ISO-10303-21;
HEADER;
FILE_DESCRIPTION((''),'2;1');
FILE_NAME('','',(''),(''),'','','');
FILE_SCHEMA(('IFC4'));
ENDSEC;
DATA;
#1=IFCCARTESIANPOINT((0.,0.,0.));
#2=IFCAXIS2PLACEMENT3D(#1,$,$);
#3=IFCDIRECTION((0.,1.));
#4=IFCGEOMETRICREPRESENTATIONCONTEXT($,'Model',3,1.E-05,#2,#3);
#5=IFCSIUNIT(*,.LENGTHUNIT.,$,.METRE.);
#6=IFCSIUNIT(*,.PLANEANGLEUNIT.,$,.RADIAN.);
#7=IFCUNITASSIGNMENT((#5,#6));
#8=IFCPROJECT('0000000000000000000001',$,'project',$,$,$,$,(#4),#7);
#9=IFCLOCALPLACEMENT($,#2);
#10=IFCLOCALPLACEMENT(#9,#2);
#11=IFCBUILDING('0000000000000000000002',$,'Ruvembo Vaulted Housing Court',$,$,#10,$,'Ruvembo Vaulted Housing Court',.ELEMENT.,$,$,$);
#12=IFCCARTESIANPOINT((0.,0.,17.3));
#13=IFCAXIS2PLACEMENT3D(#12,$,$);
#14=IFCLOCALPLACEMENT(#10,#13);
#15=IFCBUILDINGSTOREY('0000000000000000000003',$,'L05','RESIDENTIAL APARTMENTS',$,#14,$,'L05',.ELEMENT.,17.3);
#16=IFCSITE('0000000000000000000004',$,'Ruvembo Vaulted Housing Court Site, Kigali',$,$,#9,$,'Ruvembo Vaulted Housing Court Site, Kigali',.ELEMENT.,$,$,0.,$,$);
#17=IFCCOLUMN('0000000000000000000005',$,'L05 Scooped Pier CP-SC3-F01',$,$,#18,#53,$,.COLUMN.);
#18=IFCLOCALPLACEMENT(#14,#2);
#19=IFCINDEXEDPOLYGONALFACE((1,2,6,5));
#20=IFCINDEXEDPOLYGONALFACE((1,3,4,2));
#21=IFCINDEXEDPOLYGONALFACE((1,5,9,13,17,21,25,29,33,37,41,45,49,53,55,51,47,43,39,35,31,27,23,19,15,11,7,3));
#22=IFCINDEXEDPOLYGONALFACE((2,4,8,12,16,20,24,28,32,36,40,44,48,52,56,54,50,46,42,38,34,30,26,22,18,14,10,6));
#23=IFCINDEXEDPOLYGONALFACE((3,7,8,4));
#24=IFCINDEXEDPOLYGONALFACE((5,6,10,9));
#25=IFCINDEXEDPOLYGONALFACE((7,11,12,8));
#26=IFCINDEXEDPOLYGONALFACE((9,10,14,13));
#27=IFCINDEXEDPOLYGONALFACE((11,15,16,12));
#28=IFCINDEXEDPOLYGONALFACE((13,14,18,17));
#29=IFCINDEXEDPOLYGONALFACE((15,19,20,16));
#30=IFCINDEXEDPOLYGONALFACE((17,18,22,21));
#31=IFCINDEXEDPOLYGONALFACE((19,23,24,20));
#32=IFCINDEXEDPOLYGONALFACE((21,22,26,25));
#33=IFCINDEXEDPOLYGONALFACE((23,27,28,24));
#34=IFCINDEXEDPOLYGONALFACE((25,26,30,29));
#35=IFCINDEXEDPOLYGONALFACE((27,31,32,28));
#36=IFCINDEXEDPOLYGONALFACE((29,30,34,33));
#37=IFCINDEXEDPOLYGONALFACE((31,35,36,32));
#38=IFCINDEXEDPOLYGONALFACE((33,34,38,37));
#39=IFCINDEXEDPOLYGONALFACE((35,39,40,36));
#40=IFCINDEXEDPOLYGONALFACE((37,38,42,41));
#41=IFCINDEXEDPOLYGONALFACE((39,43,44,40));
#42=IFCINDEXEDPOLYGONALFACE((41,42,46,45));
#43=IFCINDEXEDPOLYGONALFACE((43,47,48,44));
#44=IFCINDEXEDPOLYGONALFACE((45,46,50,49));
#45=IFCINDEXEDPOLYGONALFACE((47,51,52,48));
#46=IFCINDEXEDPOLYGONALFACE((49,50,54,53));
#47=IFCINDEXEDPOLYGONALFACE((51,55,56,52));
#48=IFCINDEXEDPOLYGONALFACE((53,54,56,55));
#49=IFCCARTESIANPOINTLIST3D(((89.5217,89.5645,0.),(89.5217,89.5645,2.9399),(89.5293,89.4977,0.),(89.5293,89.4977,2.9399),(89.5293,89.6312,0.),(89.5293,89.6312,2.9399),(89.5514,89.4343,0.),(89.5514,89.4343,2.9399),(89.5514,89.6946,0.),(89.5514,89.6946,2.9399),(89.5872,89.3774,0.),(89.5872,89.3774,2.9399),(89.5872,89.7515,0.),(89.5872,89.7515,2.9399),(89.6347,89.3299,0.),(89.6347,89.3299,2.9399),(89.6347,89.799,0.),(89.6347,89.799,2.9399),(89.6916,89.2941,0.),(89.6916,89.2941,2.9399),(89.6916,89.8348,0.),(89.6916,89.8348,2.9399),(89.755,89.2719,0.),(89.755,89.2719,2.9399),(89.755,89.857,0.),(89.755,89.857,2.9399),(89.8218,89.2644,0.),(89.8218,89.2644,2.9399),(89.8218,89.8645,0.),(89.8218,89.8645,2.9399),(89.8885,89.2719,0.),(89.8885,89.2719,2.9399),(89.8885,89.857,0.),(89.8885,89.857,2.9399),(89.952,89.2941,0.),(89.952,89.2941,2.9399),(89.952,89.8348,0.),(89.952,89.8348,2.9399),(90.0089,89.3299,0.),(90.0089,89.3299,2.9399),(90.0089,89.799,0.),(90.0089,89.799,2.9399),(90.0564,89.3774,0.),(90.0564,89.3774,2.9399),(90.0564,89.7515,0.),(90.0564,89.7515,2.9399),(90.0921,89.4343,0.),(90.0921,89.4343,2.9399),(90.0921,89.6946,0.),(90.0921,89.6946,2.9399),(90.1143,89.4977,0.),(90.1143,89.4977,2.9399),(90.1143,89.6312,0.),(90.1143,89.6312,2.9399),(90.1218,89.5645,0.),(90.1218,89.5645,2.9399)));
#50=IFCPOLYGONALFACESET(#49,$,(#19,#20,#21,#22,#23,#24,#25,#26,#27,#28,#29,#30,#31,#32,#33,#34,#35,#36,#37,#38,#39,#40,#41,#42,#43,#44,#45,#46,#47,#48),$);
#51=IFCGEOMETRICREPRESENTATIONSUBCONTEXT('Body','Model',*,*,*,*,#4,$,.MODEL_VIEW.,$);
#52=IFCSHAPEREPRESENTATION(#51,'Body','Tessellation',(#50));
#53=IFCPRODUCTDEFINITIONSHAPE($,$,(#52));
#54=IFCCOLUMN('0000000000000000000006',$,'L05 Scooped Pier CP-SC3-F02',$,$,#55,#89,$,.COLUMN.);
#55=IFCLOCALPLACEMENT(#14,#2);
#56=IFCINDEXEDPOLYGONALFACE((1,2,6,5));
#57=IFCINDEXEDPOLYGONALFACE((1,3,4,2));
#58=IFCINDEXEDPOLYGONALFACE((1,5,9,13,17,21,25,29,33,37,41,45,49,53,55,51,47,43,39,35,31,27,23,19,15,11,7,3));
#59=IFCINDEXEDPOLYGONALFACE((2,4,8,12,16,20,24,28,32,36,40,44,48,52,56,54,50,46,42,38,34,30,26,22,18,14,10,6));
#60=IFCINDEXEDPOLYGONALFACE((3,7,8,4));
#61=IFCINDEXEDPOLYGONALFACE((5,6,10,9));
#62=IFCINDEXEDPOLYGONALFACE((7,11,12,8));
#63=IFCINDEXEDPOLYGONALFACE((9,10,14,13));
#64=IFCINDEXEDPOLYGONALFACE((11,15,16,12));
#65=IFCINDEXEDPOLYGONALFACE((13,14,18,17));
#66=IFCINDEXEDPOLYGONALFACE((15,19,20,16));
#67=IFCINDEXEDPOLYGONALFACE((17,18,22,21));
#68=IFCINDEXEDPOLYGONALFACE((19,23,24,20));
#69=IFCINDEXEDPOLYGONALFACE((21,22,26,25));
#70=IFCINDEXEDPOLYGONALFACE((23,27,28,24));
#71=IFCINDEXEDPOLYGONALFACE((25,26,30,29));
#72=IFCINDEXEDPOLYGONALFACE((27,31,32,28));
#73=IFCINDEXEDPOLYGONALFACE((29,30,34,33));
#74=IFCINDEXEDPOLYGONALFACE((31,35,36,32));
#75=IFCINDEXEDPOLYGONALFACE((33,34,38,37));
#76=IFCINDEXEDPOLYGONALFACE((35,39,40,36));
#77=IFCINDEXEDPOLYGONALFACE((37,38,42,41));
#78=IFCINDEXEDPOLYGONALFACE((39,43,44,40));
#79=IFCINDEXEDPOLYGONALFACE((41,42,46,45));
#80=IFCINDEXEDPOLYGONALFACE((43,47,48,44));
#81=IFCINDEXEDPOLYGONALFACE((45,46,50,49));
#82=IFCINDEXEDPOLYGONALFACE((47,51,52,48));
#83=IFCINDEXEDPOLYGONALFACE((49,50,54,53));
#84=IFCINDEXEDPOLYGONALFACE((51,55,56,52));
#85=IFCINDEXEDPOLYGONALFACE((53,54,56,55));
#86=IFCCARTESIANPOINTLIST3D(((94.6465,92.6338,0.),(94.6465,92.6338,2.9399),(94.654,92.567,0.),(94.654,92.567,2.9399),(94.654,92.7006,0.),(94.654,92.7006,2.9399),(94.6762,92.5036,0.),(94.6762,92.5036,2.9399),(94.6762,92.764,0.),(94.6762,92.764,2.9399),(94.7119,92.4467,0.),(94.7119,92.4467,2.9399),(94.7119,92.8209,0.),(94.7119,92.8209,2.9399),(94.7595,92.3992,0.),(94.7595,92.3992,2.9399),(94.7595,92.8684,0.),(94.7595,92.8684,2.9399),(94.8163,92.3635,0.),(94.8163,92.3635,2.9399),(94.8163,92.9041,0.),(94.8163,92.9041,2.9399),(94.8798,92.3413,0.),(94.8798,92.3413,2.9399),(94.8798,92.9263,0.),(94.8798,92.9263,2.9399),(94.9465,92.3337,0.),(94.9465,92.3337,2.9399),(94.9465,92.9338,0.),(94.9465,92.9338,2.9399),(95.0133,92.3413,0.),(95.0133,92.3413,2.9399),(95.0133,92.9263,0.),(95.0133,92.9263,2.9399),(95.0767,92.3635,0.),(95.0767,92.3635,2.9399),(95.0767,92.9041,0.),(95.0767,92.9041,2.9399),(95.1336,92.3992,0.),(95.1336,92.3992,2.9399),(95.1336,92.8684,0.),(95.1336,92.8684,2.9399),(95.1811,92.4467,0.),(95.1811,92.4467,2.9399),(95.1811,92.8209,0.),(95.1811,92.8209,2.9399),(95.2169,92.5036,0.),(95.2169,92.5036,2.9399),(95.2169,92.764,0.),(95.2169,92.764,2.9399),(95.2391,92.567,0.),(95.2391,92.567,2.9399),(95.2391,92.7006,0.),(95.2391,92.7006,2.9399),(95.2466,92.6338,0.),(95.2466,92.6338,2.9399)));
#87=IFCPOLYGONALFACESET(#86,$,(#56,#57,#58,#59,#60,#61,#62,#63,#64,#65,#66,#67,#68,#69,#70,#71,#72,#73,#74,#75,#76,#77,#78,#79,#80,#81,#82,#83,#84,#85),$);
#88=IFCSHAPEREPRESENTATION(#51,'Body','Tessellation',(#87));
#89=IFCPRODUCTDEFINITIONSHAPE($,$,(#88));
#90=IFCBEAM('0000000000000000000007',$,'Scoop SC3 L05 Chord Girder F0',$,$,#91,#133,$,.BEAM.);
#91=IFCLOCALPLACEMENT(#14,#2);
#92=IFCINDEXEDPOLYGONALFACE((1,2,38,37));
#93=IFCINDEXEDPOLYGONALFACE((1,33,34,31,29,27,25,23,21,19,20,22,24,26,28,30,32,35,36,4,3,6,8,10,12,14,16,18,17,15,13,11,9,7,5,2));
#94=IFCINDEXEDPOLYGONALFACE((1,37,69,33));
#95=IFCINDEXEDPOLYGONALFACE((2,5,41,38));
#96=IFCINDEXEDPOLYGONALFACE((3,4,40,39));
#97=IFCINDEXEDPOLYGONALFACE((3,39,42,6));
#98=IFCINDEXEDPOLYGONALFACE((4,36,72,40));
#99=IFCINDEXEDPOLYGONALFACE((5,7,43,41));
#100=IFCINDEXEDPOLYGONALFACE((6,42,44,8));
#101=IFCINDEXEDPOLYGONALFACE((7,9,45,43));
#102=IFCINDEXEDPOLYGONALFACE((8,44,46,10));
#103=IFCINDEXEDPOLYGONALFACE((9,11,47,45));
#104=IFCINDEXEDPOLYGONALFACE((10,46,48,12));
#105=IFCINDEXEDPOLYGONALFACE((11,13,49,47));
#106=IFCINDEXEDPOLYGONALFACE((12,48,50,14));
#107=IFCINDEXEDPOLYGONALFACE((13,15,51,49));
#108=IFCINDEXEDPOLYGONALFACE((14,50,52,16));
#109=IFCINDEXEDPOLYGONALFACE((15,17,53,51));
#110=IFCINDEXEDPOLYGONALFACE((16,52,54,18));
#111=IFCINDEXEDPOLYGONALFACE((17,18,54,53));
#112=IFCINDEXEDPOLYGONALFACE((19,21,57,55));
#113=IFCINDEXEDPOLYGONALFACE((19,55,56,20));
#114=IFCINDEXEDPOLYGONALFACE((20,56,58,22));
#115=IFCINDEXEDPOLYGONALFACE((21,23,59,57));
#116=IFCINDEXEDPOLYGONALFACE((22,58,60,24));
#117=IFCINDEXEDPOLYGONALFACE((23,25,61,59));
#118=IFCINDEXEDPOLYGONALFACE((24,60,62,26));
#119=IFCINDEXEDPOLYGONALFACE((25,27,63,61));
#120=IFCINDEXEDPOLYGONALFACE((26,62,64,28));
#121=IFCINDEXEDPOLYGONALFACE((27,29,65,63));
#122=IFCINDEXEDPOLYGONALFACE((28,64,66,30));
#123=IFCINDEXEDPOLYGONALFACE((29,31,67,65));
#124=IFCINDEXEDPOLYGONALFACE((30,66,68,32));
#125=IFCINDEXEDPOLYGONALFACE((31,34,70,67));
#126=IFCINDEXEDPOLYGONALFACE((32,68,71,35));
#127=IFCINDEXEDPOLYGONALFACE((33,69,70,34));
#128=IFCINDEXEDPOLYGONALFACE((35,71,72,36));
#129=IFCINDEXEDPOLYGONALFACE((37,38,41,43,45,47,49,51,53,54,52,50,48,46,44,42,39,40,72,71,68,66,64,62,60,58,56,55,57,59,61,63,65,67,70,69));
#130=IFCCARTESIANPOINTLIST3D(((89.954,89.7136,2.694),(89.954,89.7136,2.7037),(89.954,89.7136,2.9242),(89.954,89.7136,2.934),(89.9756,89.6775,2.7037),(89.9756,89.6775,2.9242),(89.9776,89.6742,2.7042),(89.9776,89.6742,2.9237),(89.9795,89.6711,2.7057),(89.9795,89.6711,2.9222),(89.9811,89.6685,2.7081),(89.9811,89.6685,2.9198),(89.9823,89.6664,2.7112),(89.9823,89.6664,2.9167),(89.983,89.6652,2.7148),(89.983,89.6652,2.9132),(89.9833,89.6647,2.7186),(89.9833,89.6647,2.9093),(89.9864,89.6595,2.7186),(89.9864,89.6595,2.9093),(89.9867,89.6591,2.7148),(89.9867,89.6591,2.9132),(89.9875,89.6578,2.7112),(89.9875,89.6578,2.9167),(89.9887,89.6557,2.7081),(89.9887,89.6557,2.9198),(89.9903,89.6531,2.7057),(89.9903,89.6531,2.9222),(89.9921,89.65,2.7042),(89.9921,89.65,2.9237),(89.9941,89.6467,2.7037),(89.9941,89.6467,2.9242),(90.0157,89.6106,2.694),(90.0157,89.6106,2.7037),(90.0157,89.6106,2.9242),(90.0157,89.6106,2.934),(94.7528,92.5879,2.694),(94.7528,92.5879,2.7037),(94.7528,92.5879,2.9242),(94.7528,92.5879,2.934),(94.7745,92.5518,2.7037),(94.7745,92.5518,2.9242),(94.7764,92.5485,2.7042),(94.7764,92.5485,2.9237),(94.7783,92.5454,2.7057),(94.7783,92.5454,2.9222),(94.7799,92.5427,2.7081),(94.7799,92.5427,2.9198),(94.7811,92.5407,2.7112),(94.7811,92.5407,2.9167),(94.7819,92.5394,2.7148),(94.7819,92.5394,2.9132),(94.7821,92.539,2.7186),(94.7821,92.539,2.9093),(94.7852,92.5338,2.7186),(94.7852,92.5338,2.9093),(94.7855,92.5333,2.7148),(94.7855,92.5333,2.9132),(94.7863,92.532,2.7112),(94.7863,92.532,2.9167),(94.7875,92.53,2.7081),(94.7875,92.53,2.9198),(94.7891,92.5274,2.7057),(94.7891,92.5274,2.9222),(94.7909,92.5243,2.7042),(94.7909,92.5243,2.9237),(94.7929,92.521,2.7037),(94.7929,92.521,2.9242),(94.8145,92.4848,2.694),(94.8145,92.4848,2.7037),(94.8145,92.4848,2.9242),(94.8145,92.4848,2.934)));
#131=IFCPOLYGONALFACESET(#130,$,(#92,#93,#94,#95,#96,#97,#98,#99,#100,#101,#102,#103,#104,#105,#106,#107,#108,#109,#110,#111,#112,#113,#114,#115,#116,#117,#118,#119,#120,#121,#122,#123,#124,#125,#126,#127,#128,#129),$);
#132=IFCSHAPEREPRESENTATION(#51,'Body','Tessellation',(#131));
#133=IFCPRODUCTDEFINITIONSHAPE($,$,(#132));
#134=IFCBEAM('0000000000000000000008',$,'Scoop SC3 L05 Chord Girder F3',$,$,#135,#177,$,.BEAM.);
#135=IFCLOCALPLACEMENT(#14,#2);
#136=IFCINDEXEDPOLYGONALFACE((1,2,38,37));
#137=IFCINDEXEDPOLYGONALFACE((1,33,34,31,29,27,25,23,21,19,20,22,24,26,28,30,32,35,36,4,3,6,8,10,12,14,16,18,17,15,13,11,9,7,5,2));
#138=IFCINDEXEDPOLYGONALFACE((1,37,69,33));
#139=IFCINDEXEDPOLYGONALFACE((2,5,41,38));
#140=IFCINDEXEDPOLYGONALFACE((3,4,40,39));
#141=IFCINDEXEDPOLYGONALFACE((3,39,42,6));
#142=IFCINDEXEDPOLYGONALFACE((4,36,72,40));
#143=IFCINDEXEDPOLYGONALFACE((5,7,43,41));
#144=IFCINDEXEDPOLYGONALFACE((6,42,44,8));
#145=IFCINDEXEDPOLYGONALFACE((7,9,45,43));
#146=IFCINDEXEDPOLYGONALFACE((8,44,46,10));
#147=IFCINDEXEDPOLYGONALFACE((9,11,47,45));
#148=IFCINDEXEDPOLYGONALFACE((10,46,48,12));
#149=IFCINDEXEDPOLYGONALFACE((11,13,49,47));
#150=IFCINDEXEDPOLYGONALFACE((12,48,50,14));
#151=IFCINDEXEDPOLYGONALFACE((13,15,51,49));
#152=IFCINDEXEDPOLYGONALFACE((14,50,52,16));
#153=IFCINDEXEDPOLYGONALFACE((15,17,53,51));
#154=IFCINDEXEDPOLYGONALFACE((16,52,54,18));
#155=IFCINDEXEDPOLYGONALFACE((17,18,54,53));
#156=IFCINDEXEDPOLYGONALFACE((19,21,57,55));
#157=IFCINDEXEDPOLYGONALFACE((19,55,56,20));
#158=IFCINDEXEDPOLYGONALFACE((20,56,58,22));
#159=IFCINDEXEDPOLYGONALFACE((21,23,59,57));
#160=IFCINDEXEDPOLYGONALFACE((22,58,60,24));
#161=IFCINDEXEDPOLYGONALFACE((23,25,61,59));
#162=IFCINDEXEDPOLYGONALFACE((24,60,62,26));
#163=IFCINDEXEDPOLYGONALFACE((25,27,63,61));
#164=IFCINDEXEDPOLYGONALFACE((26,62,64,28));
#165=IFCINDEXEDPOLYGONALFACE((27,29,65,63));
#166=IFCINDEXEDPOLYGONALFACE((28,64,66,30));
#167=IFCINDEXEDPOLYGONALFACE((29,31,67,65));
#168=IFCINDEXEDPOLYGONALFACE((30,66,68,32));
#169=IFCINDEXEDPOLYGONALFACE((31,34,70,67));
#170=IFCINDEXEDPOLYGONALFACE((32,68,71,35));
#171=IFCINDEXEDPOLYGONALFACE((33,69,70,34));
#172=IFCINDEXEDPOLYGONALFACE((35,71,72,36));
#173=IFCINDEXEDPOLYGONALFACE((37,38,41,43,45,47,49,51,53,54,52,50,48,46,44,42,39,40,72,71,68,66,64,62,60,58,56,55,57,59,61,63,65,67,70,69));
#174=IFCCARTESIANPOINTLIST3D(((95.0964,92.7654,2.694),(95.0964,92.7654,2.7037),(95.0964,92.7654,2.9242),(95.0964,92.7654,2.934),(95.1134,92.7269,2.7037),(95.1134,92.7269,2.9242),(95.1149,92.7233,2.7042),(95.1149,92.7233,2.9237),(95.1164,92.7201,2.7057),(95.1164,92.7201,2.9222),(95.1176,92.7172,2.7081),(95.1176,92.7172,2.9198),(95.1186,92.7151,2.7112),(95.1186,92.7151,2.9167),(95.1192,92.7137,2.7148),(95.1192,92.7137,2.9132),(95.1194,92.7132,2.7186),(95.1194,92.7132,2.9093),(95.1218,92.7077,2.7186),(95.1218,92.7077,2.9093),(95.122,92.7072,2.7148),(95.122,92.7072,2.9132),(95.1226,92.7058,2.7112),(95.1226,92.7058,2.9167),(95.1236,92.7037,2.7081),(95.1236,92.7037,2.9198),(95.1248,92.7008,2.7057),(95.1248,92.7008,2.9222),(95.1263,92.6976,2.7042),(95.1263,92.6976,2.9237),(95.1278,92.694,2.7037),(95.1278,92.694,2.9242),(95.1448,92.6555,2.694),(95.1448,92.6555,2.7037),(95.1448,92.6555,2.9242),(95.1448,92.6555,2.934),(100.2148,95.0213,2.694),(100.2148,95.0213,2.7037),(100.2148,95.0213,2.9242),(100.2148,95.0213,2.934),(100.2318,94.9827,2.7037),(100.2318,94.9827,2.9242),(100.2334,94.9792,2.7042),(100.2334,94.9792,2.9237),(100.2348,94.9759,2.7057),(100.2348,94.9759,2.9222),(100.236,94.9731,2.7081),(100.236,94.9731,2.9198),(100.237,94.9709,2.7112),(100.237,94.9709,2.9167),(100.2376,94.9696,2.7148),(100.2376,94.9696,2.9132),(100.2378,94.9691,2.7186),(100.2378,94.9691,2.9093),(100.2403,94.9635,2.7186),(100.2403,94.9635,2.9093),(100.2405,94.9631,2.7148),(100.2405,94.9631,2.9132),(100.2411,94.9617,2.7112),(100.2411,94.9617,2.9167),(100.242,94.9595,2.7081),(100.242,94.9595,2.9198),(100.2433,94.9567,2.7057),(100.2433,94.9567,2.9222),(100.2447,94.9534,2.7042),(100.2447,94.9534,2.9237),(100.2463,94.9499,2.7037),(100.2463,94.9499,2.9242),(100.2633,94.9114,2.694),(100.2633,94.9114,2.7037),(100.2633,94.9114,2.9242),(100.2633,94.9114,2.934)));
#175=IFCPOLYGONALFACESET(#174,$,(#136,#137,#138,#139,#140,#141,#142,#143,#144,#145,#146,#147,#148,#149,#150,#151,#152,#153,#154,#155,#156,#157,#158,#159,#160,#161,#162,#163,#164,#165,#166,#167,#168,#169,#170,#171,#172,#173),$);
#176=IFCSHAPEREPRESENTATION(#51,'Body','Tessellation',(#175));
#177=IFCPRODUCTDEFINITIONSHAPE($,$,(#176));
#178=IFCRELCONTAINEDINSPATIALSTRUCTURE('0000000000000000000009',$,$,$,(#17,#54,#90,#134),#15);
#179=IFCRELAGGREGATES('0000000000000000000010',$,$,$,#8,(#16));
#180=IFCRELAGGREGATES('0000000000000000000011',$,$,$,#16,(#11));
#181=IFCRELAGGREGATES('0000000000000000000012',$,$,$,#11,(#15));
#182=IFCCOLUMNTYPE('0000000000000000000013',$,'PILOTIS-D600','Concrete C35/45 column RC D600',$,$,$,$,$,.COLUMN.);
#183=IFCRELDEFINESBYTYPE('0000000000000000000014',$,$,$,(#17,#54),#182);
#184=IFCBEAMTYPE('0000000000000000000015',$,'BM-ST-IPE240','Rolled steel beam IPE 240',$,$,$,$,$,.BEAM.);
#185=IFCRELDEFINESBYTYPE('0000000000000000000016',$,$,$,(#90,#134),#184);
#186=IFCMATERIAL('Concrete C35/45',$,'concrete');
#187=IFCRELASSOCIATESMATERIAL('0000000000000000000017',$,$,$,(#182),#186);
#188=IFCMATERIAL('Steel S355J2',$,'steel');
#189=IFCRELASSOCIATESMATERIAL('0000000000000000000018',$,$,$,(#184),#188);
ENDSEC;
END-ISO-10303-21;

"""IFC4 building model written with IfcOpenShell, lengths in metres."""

from ifc_helpers import new_model, si_unit, direction, frame, origin, origin_2d, place, context, subcontext, project, spatial, circle, i_section, extrude, material, material_profile, profile_set, type_object, element, save


model = new_model("IFC4")

# Units and contexts
model_context = context("Model", 3, precision=1e-05, world=origin(), true_north=direction((0.0, 1.0)))
body_context = subcontext(model_context, "Body", "Model", "MODEL_VIEW")
ifc_project = project(units=[si_unit("LENGTHUNIT", "METRE"), si_unit("PLANEANGLEUNIT", "RADIAN")], contexts=[model_context])

# Site, building, storey
site_placement = place(None, origin())
site = spatial("IfcSite", under=ifc_project, at=site_placement, Name="Ruvembo Vaulted Housing Court Site, Kigali", LongName="Ruvembo Vaulted Housing Court Site, Kigali", CompositionType="ELEMENT", RefElevation=0.0)
building_placement = place(site_placement, origin())
building = spatial("IfcBuilding", under=site, at=building_placement, Name="Ruvembo Vaulted Housing Court", LongName="Ruvembo Vaulted Housing Court", CompositionType="ELEMENT")
storey_placement = place(building_placement, frame((0.0, 0.0, 17.3)))
storey = spatial("IfcBuildingStorey", under=building, at=storey_placement, Name="L05", Description="RESIDENTIAL APARTMENTS", LongName="L05", CompositionType="ELEMENT", Elevation=17.3)

# Columns
ifc_material_1 = material(Name="Concrete C35/45", Category="concrete")
ifc_material_profile_1 = material_profile(ifc_material_1, circle(Radius=0.3, at=origin_2d()), Name="RC D600")
ifc_profile_set_1 = profile_set([ifc_material_profile_1], Name="Concrete C35/45")
column_type = type_object("IfcColumnType", Name="PILOTIS-D600", Description="Concrete C35/45 column RC D600", PredefinedType="COLUMN", material=ifc_profile_set_1)
for number, where, z_axis, x_axis, name in (
    (1, (89.8218, 89.5645, 0.0), (0.0, 0.0, 1.0), (1.0, 0.0, 0.0), "L05 Scooped Pier CP-SC3-F01"),
    (2, (94.9465, 92.6338, 0.0), (0.0, 0.0, 1.0), (1.0, 0.0, 0.0), "L05 Scooped Pier CP-SC3-F02"),
):
    element("IfcColumn", number, at=place(storey_placement, frame(where, z_axis=z_axis, x_axis=x_axis)), inside=storey, type_object=column_type, Name=name, PredefinedType="COLUMN", context=body_context, shape_type="SweptSolid", body=[
        extrude(circle(Radius=0.3, at=origin_2d()), origin(), (0.0, 0.0, 1.0), 2.9399),
    ])

# Beams
ifc_material_2 = material(Name="Steel S355J2", Category="steel")
ifc_material_profile_2 = material_profile(ifc_material_2, i_section(OverallWidth=0.1201, OverallDepth=0.24, WebThickness=0.0061, FlangeThickness=0.0098, FilletRadius=0.0149, at=origin_2d()), Name="IPE 240")
ifc_profile_set_2 = profile_set([ifc_material_profile_2], Name="Steel S355J2")
beam_type_1 = type_object("IfcBeamType", Name="BM-ST-IPE240", Description="Rolled steel beam IPE 240", PredefinedType="BEAM", material=ifc_profile_set_2)
beam_1_placement = place(storey_placement, frame((89.9849, 89.6621, 2.814), z_axis=(0.857889, 0.513835, 0.0), x_axis=(-0.513835, 0.857889, 0.0)))
element("IfcBeam", 3, at=beam_1_placement, inside=storey, type_object=beam_type_1, Name="Scoop SC3 L05 Chord Girder F0", PredefinedType="BEAM", context=body_context, shape_type="SweptSolid", body=[
    extrude(i_section(OverallWidth=0.1201, OverallDepth=0.24, WebThickness=0.0061, FlangeThickness=0.0098, FilletRadius=0.0149, at=origin_2d()), origin(), (0.0, 0.0, 1.0), 5.5938),
])
beam_2_placement = place(storey_placement, frame((95.1206, 92.7104, 2.814), z_axis=(0.915067, 0.403302, 0.0), x_axis=(-0.403302, 0.915067, 0.0)))
element("IfcBeam", 4, at=beam_2_placement, inside=storey, type_object=beam_type_1, Name="Scoop SC3 L05 Chord Girder F3", PredefinedType="BEAM", context=body_context, shape_type="SweptSolid", body=[
    extrude(i_section(OverallWidth=0.1201, OverallDepth=0.24, WebThickness=0.0061, FlangeThickness=0.0098, FilletRadius=0.0149, at=origin_2d()), origin(), (0.0, 0.0, 1.0), 5.5935),
])

save(model, "model.ifc")
